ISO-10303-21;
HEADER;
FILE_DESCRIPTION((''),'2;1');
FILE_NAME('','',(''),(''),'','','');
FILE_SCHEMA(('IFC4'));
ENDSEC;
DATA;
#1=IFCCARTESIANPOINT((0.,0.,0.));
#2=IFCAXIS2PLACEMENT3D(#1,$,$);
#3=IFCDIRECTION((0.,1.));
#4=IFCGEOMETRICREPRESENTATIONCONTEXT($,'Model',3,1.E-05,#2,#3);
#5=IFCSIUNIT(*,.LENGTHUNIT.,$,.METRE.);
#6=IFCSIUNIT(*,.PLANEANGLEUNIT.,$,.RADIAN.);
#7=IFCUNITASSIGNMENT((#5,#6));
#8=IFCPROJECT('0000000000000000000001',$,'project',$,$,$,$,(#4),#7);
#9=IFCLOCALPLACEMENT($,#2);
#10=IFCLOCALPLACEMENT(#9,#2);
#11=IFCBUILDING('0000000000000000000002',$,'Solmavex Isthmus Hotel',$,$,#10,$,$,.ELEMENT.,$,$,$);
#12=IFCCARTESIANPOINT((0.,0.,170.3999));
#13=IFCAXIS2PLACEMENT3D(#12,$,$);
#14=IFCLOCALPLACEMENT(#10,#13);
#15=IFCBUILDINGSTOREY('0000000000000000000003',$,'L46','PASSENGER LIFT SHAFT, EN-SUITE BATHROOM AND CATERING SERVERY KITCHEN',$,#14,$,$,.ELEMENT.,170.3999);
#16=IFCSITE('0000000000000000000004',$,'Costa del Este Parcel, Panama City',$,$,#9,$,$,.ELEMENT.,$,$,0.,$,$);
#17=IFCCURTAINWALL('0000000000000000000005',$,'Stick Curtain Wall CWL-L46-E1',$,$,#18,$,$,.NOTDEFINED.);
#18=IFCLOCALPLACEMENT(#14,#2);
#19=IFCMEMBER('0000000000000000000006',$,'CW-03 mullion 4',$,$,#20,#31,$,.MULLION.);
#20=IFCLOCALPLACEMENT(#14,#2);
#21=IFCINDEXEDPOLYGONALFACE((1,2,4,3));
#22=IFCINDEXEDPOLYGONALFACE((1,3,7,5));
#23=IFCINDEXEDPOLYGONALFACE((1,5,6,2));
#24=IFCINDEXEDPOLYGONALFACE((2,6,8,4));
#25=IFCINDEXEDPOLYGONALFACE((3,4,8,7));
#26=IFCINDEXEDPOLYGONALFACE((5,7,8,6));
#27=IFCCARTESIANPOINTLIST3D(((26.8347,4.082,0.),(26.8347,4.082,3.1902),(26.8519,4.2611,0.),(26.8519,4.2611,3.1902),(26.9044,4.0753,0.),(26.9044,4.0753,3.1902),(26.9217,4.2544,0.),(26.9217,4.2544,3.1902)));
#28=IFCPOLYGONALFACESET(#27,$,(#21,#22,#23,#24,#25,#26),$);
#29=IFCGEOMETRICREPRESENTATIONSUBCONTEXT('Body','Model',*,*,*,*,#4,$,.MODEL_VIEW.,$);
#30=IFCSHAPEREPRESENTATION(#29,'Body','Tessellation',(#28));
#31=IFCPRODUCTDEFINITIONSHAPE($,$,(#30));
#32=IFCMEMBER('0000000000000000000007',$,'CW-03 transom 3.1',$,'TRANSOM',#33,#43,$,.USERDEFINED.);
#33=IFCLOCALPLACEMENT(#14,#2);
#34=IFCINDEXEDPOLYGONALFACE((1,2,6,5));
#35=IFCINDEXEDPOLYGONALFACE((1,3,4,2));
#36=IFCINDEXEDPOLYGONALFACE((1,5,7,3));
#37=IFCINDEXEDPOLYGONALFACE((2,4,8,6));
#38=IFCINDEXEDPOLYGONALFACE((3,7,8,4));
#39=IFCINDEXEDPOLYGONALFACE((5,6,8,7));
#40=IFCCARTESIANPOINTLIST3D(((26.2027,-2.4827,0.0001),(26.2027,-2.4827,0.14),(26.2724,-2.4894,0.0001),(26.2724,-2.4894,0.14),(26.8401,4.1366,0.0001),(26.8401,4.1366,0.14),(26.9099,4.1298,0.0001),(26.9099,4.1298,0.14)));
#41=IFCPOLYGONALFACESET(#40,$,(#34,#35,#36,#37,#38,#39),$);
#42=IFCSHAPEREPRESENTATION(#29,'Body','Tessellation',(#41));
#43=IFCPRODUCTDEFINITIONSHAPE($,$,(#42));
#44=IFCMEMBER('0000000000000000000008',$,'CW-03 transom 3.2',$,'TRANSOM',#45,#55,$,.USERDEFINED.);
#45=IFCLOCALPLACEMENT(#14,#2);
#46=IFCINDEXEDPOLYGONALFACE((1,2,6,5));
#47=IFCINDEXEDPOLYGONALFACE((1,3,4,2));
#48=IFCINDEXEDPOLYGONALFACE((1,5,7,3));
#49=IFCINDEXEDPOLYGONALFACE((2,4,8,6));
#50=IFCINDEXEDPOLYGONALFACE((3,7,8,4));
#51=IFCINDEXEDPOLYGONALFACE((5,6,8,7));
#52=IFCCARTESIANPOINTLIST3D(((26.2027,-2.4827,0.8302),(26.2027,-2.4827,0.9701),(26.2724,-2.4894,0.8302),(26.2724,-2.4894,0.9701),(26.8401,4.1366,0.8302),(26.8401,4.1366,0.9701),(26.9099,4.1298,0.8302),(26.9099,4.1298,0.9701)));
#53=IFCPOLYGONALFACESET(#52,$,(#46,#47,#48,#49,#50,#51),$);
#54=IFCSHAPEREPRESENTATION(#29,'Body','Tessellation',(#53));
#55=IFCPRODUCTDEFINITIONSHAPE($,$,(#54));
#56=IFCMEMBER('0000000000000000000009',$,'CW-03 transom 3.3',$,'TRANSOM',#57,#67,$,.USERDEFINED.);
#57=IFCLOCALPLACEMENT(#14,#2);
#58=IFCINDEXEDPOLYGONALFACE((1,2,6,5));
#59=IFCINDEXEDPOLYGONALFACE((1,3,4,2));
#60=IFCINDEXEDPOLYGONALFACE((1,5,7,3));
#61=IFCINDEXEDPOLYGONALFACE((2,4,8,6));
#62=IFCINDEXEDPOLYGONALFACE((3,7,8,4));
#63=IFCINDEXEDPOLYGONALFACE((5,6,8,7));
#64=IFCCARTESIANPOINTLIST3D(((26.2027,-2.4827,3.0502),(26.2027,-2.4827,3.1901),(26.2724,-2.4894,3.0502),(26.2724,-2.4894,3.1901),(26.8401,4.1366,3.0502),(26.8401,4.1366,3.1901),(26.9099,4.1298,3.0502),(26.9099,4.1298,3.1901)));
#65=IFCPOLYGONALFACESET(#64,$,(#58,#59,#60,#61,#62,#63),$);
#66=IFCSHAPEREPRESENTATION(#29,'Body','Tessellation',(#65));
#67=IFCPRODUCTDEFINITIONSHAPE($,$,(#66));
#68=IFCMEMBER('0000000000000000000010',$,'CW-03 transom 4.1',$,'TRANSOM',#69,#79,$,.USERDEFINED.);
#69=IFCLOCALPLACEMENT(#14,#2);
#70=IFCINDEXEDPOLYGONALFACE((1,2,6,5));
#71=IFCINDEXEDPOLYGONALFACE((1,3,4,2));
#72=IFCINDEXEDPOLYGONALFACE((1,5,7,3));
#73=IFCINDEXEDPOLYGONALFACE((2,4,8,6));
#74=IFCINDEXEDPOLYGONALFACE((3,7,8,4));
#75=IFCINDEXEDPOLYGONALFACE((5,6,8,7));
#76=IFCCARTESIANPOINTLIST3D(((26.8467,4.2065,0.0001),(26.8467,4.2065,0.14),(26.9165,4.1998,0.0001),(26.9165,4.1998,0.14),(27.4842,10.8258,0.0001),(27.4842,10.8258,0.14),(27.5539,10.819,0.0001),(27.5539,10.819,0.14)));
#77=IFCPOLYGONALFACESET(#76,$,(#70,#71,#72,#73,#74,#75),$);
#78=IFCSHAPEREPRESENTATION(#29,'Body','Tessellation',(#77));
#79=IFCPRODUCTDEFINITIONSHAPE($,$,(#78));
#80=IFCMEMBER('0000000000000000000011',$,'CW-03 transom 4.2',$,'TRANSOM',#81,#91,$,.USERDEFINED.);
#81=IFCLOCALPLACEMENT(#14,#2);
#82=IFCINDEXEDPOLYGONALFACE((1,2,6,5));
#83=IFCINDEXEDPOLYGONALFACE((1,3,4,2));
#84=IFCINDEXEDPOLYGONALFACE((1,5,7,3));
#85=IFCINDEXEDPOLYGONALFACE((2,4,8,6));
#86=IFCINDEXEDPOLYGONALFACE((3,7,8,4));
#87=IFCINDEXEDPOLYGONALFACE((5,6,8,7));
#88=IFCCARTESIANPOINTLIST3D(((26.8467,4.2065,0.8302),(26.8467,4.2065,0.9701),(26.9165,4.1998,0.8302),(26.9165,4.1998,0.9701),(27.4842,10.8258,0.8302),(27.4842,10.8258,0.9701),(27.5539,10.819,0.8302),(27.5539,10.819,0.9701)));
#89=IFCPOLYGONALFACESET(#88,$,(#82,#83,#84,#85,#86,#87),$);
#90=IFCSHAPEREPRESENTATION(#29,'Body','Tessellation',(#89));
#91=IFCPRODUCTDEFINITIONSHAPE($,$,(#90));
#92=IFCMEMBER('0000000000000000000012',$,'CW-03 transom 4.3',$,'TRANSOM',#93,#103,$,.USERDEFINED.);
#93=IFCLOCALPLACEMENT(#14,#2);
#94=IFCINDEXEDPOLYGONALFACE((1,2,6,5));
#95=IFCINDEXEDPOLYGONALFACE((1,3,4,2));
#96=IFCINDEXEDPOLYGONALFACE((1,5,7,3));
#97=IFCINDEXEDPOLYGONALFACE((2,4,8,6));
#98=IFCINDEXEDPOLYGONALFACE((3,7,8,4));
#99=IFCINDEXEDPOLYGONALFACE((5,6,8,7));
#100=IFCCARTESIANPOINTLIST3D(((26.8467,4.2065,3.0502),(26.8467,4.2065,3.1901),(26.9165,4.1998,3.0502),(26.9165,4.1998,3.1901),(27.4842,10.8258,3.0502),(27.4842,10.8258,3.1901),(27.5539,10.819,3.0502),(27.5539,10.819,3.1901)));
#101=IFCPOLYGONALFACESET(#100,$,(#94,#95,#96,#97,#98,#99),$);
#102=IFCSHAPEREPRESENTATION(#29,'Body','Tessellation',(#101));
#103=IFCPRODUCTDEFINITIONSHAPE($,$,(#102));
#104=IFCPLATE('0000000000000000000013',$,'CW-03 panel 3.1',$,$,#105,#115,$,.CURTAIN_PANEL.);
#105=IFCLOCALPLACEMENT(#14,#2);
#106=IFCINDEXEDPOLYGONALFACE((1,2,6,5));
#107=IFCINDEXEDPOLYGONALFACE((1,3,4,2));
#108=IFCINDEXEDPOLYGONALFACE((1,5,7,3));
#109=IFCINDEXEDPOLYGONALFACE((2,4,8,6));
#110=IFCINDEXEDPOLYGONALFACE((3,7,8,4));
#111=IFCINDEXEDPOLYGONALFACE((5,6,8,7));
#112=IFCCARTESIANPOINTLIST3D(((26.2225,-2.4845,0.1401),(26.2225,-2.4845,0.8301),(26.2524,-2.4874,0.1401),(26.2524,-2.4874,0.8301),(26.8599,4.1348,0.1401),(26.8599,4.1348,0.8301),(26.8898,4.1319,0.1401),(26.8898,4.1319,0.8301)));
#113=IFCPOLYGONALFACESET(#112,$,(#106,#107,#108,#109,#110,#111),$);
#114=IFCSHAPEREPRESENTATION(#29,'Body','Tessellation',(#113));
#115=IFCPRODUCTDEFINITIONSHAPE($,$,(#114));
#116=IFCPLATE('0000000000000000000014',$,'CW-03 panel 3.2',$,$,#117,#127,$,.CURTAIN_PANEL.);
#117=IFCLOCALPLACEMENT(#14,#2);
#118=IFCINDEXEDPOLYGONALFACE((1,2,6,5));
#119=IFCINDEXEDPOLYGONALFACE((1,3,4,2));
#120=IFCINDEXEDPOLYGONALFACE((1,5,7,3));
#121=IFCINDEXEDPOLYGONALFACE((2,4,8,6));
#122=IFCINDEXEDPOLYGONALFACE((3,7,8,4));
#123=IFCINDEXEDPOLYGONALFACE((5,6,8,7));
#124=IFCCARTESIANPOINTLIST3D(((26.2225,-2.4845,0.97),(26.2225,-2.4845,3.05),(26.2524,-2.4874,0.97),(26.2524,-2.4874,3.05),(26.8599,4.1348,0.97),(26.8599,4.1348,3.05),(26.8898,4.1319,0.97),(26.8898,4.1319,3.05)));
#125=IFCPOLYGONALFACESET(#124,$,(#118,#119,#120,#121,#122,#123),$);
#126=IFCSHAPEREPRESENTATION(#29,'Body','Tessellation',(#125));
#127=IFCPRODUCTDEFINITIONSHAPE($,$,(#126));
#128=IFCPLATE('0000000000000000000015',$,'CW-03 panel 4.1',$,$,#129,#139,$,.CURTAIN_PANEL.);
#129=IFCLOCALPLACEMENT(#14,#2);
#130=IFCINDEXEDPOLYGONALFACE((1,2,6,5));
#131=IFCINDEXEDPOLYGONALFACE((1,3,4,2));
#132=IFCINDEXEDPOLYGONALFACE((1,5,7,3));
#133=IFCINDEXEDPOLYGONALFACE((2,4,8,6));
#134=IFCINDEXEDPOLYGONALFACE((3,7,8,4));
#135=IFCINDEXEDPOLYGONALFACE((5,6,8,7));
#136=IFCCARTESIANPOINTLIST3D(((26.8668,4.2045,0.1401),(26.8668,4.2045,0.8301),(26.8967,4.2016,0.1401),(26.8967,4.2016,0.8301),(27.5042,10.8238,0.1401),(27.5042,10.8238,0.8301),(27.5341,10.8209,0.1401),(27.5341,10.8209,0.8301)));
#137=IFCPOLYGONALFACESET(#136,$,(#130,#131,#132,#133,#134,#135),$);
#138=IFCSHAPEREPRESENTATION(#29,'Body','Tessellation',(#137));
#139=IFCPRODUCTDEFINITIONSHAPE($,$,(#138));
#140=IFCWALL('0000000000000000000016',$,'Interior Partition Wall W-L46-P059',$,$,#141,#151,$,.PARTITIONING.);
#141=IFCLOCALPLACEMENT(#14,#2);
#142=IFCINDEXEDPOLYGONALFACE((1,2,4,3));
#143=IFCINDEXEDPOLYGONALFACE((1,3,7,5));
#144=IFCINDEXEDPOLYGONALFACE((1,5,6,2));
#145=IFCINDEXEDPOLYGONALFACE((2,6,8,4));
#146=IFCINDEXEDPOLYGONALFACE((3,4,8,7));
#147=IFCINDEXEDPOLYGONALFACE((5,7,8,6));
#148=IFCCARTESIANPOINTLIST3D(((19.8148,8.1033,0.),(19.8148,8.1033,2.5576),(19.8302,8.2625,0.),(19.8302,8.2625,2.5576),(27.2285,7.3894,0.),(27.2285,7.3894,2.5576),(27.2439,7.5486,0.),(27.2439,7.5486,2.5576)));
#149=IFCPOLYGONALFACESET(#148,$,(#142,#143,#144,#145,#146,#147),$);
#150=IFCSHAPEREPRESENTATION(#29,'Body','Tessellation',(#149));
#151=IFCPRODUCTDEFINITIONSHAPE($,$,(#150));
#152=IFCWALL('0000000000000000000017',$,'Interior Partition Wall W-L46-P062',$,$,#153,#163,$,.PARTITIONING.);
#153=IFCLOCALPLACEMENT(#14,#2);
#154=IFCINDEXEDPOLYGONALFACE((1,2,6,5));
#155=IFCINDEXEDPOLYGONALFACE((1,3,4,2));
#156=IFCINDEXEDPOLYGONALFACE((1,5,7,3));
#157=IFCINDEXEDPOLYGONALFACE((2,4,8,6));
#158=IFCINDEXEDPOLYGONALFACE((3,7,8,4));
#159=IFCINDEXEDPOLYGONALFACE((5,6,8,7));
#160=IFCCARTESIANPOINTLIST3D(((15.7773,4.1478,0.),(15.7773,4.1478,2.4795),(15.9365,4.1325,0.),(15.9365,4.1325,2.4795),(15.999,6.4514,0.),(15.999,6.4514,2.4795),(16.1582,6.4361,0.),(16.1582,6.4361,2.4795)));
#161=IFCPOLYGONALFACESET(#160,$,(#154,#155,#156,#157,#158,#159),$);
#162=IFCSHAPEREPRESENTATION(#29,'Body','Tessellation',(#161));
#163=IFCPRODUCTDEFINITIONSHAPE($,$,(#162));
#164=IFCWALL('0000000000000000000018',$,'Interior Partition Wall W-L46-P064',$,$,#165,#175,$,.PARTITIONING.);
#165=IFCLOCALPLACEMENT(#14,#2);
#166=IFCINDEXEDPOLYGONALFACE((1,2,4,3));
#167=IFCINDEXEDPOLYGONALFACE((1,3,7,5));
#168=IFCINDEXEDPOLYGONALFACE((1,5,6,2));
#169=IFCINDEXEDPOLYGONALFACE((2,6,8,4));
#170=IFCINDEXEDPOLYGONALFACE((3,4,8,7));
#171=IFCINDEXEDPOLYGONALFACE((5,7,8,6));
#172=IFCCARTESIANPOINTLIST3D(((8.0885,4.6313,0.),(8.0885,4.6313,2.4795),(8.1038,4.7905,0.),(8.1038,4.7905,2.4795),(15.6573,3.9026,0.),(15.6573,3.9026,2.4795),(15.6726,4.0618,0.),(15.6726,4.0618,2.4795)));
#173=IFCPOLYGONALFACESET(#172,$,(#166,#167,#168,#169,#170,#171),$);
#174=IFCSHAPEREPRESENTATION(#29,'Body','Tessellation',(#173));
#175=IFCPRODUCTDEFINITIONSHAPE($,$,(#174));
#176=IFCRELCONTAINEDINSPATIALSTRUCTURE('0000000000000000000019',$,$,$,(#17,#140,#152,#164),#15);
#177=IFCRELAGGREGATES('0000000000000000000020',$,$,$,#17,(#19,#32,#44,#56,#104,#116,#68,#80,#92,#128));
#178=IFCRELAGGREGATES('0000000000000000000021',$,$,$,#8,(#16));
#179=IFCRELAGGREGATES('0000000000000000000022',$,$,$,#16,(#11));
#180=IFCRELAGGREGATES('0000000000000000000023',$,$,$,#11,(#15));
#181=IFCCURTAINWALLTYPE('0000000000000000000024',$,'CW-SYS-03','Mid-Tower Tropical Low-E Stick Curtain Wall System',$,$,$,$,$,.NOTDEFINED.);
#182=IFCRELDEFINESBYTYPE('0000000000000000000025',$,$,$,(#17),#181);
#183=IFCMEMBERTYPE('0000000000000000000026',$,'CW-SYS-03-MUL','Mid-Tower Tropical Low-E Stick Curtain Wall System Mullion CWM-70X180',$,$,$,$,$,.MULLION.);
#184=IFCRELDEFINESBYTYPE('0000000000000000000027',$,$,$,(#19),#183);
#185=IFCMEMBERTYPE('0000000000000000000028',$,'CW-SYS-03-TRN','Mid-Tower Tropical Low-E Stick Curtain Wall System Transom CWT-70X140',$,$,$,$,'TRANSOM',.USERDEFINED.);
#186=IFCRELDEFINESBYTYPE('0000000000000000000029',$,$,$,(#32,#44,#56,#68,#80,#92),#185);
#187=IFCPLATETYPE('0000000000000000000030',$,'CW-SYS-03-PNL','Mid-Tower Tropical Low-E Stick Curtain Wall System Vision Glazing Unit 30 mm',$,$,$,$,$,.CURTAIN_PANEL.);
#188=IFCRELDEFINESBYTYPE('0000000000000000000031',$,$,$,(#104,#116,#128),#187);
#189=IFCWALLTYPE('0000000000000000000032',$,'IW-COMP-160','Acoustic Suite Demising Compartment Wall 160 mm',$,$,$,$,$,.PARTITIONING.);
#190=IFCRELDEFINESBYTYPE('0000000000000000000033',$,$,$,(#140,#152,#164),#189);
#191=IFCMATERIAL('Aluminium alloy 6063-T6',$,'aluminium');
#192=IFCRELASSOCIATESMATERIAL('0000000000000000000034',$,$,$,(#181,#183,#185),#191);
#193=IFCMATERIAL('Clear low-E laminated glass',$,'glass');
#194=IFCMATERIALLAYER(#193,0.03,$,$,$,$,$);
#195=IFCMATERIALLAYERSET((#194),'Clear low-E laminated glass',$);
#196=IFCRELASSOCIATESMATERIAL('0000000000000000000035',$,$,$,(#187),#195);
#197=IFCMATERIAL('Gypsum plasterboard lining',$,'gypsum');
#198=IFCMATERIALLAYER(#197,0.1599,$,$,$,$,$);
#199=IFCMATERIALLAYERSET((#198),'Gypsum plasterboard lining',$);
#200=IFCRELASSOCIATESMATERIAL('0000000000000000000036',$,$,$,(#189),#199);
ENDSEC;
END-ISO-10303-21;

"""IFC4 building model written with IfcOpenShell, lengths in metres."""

from ifc_helpers import new_model, si_unit, direction, frame, frame_2d, origin, origin_2d, place, context, subcontext, project, spatial, rectangle, extrude, material, layer, layer_set, material_profile, profile_set, type_object, element, aggregate, save


model = new_model("IFC4")

# Units and contexts
model_context = context("Model", 3, precision=1e-05, world=origin(), true_north=direction((0.0, 1.0)))
body_context = subcontext(model_context, "Body", "Model", "MODEL_VIEW")
ifc_project = project(units=[si_unit("LENGTHUNIT", "METRE"), si_unit("PLANEANGLEUNIT", "RADIAN")], contexts=[model_context])

# Site, building, storey
site_placement = place(None, origin())
site = spatial("IfcSite", under=ifc_project, at=site_placement, Name="Costa del Este Parcel, Panama City", CompositionType="ELEMENT", RefElevation=0.0)
building_placement = place(site_placement, origin())
building = spatial("IfcBuilding", under=site, at=building_placement, Name="Solmavex Isthmus Hotel", CompositionType="ELEMENT")
storey_placement = place(building_placement, frame((0.0, 0.0, 170.3999)))
storey = spatial("IfcBuildingStorey", under=building, at=storey_placement, Name="L46", Description="PASSENGER LIFT SHAFT, EN-SUITE BATHROOM AND CATERING SERVERY KITCHEN", CompositionType="ELEMENT", Elevation=170.3999)

# Curtain wall, members, plates
ifc_material_1 = material(Name="Aluminium alloy 6063-T6", Category="aluminium")
curtain_wall_type = type_object("IfcCurtainWallType", Name="CW-SYS-03", Description="Mid-Tower Tropical Low-E Stick Curtain Wall System", PredefinedType="NOTDEFINED", material=ifc_material_1)
curtain_wall_placement = place(storey_placement, origin())
curtain_wall = element("IfcCurtainWall", 1, at=curtain_wall_placement, inside=storey, type_object=curtain_wall_type, Name="Stick Curtain Wall CWL-L46-E1", PredefinedType="NOTDEFINED")
ifc_material_profile_1 = material_profile(ifc_material_1, rectangle(XDim=0.0701, YDim=0.1799, at=origin_2d()), Name="CWM-70X180")
ifc_profile_set_1 = profile_set([ifc_material_profile_1], Name="Aluminium alloy 6063-T6")
member_type_1 = type_object("IfcMemberType", Name="CW-SYS-03-MUL", Description="Mid-Tower Tropical Low-E Stick Curtain Wall System Mullion CWM-70X180", PredefinedType="MULLION", material=ifc_profile_set_1)
member_1_placement = place(storey_placement, frame((26.8782, 4.1682, 0.0), z_axis=(0.0, 0.0, 1.0), x_axis=(-0.995396, 0.095846, 0.0)))
member_1 = element("IfcMember", 2, at=member_1_placement, type_object=member_type_1, Name="CW-03 mullion 4", PredefinedType="MULLION", context=body_context, shape_type="SweptSolid", body=[
    extrude(rectangle(XDim=0.0701, YDim=0.1799, at=origin_2d()), origin(), (0.0, 0.0, 1.0), 3.1902),
])
ifc_material_profile_2 = material_profile(ifc_material_1, rectangle(XDim=0.0701, YDim=0.1399, at=origin_2d()), Name="CWT-70X140")
ifc_profile_set_2 = profile_set([ifc_material_profile_2], Name="Aluminium alloy 6063-T6")
member_type_2 = type_object("IfcMemberType", Name="CW-SYS-03-TRN", Description="Mid-Tower Tropical Low-E Stick Curtain Wall System Transom CWT-70X140", ElementType="TRANSOM", PredefinedType="USERDEFINED", material=ifc_profile_set_2)
member_2_placement = place(storey_placement, frame((26.2375, -2.4861, 0.0701), z_axis=(0.095857, 0.995395, 0.0), x_axis=(-0.995395, 0.095857, 0.0)))
member_2 = element("IfcMember", 3, at=member_2_placement, type_object=member_type_2, Name="CW-03 transom 3.1", ObjectType="TRANSOM", PredefinedType="USERDEFINED", context=body_context, shape_type="SweptSolid", body=[
    extrude(rectangle(XDim=0.0701, YDim=0.1399, at=origin_2d()), origin(), (0.0, 0.0, 1.0), 6.6499),
])
member_3_placement = place(storey_placement, frame((26.2375, -2.4861, 0.9001), z_axis=(0.095857, 0.995395, 0.0), x_axis=(-0.995395, 0.095857, 0.0)))
member_3 = element("IfcMember", 4, at=member_3_placement, type_object=member_type_2, Name="CW-03 transom 3.2", ObjectType="TRANSOM", PredefinedType="USERDEFINED", context=body_context, shape_type="SweptSolid", body=[
    extrude(rectangle(XDim=0.0701, YDim=0.1399, at=origin_2d()), origin(), (0.0, 0.0, 1.0), 6.6499),
])
member_4_placement = place(storey_placement, frame((26.2375, -2.4861, 3.1201), z_axis=(0.095857, 0.995395, 0.0), x_axis=(-0.995395, 0.095857, 0.0)))
member_4 = element("IfcMember", 5, at=member_4_placement, type_object=member_type_2, Name="CW-03 transom 3.3", ObjectType="TRANSOM", PredefinedType="USERDEFINED", context=body_context, shape_type="SweptSolid", body=[
    extrude(rectangle(XDim=0.0701, YDim=0.1399, at=origin_2d()), origin(), (0.0, 0.0, 1.0), 6.6499),
])
member_5_placement = place(storey_placement, frame((26.8816, 4.2031, 0.0701), z_axis=(0.095857, 0.995395, 0.0), x_axis=(-0.995395, 0.095857, 0.0)))
member_5 = element("IfcMember", 6, at=member_5_placement, type_object=member_type_2, Name="CW-03 transom 4.1", ObjectType="TRANSOM", PredefinedType="USERDEFINED", context=body_context, shape_type="SweptSolid", body=[
    extrude(rectangle(XDim=0.0701, YDim=0.1399, at=origin_2d()), origin(), (0.0, 0.0, 1.0), 6.6499),
])
member_6_placement = place(storey_placement, frame((26.8816, 4.2031, 0.9001), z_axis=(0.095857, 0.995395, 0.0), x_axis=(-0.995395, 0.095857, 0.0)))
member_6 = element("IfcMember", 7, at=member_6_placement, type_object=member_type_2, Name="CW-03 transom 4.2", ObjectType="TRANSOM", PredefinedType="USERDEFINED", context=body_context, shape_type="SweptSolid", body=[
    extrude(rectangle(XDim=0.0701, YDim=0.1399, at=origin_2d()), origin(), (0.0, 0.0, 1.0), 6.6499),
])
member_7_placement = place(storey_placement, frame((26.8816, 4.2031, 3.1201), z_axis=(0.095857, 0.995395, 0.0), x_axis=(-0.995395, 0.095857, 0.0)))
member_7 = element("IfcMember", 8, at=member_7_placement, type_object=member_type_2, Name="CW-03 transom 4.3", ObjectType="TRANSOM", PredefinedType="USERDEFINED", context=body_context, shape_type="SweptSolid", body=[
    extrude(rectangle(XDim=0.0701, YDim=0.1399, at=origin_2d()), origin(), (0.0, 0.0, 1.0), 6.6499),
])
ifc_material_2 = material(Name="Clear low-E laminated glass", Category="glass")
ifc_layer_1 = layer(ifc_material_2, 0.03)
ifc_layer_set_1 = layer_set([ifc_layer_1], Name="Clear low-E laminated glass")
plate_type = type_object("IfcPlateType", Name="CW-SYS-03-PNL", Description="Mid-Tower Tropical Low-E Stick Curtain Wall System Vision Glazing Unit 30 mm", PredefinedType="CURTAIN_PANEL", material=ifc_layer_set_1)
plate_1_placement = place(storey_placement, frame((26.5562, 0.8237, 0.1401), z_axis=(0.0, 0.0, 1.0), x_axis=(0.095846, 0.995396, 0.0)))
plate_1 = element("IfcPlate", 9, at=plate_1_placement, type_object=plate_type, Name="CW-03 panel 3.1", PredefinedType="CURTAIN_PANEL", context=body_context, shape_type="SweptSolid", body=[
    extrude(rectangle(XDim=6.6499, YDim=0.03, at=origin_2d()), origin(), (0.0, 0.0, 1.0), 0.6899),
])
plate_2_placement = place(storey_placement, frame((26.5562, 0.8237, 0.97), z_axis=(0.0, 0.0, 1.0), x_axis=(0.095846, 0.995396, 0.0)))
plate_2 = element("IfcPlate", 10, at=plate_2_placement, type_object=plate_type, Name="CW-03 panel 3.2", PredefinedType="CURTAIN_PANEL", context=body_context, shape_type="SweptSolid", body=[
    extrude(rectangle(XDim=6.6499, YDim=0.03, at=origin_2d()), origin(), (0.0, 0.0, 1.0), 2.0801),
])
plate_3_placement = place(storey_placement, frame((27.2004, 7.5127, 0.1401), z_axis=(0.0, 0.0, 1.0), x_axis=(0.095846, 0.995396, 0.0)))
plate_3 = element("IfcPlate", 11, at=plate_3_placement, type_object=plate_type, Name="CW-03 panel 4.1", PredefinedType="CURTAIN_PANEL", context=body_context, shape_type="SweptSolid", body=[
    extrude(rectangle(XDim=6.6499, YDim=0.03, at=origin_2d()), origin(), (0.0, 0.0, 1.0), 0.6899),
])
aggregate(curtain_wall, [member_1, member_2, member_3, member_4, plate_1, plate_2, member_5, member_6, member_7, plate_3])

# Walls
ifc_material_3 = material(Name="Gypsum plasterboard lining", Category="gypsum")
ifc_layer_2 = layer(ifc_material_3, 0.1599)
ifc_layer_set_2 = layer_set([ifc_layer_2], Name="Gypsum plasterboard lining")
wall_type_1 = type_object("IfcWallType", Name="IW-COMP-160", Description="Acoustic Suite Demising Compartment Wall 160 mm", PredefinedType="PARTITIONING", material=ifc_layer_set_2)
wall_1_placement = place(storey_placement, frame((27.2363, 7.469, 0.0), z_axis=(0.0, 0.0, 1.0), x_axis=(-0.995396, 0.095845, 0.0)))
element("IfcWall", 12, at=wall_1_placement, inside=storey, type_object=wall_type_1, Name="Interior Partition Wall W-L46-P059", PredefinedType="PARTITIONING", context=body_context, shape_type="SweptSolid", body=[
    extrude(rectangle(XDim=7.448, YDim=0.1599, at=frame_2d((3.7241, 0.0))), origin(), (0.0, 0.0, 1.0), 2.5576),
])
wall_2_placement = place(storey_placement, frame((16.0786, 6.4438, 0.0), z_axis=(0.0, 0.0, 1.0), x_axis=(-0.095795, -0.995401, 0.0)))
element("IfcWall", 13, at=wall_2_placement, inside=storey, type_object=wall_type_1, Name="Interior Partition Wall W-L46-P062", PredefinedType="PARTITIONING", context=body_context, shape_type="SweptSolid", body=[
    extrude(rectangle(XDim=2.3142, YDim=0.1599, at=frame_2d((1.1572, 0.0))), origin(), (0.0, 0.0, 1.0), 2.4795),
])
wall_3_placement = place(storey_placement, frame((15.6648, 3.9822, 0.0), z_axis=(0.0, 0.0, 1.0), x_axis=(-0.995397, 0.095841, 0.0)))
element("IfcWall", 14, at=wall_3_placement, inside=storey, type_object=wall_type_1, Name="Interior Partition Wall W-L46-P064", PredefinedType="PARTITIONING", context=body_context, shape_type="SweptSolid", body=[
    extrude(rectangle(XDim=7.6038, YDim=0.1599, at=frame_2d((3.8018, 0.0))), origin(), (0.0, 0.0, 1.0), 2.4795),
])

save(model, "model.ifc")
